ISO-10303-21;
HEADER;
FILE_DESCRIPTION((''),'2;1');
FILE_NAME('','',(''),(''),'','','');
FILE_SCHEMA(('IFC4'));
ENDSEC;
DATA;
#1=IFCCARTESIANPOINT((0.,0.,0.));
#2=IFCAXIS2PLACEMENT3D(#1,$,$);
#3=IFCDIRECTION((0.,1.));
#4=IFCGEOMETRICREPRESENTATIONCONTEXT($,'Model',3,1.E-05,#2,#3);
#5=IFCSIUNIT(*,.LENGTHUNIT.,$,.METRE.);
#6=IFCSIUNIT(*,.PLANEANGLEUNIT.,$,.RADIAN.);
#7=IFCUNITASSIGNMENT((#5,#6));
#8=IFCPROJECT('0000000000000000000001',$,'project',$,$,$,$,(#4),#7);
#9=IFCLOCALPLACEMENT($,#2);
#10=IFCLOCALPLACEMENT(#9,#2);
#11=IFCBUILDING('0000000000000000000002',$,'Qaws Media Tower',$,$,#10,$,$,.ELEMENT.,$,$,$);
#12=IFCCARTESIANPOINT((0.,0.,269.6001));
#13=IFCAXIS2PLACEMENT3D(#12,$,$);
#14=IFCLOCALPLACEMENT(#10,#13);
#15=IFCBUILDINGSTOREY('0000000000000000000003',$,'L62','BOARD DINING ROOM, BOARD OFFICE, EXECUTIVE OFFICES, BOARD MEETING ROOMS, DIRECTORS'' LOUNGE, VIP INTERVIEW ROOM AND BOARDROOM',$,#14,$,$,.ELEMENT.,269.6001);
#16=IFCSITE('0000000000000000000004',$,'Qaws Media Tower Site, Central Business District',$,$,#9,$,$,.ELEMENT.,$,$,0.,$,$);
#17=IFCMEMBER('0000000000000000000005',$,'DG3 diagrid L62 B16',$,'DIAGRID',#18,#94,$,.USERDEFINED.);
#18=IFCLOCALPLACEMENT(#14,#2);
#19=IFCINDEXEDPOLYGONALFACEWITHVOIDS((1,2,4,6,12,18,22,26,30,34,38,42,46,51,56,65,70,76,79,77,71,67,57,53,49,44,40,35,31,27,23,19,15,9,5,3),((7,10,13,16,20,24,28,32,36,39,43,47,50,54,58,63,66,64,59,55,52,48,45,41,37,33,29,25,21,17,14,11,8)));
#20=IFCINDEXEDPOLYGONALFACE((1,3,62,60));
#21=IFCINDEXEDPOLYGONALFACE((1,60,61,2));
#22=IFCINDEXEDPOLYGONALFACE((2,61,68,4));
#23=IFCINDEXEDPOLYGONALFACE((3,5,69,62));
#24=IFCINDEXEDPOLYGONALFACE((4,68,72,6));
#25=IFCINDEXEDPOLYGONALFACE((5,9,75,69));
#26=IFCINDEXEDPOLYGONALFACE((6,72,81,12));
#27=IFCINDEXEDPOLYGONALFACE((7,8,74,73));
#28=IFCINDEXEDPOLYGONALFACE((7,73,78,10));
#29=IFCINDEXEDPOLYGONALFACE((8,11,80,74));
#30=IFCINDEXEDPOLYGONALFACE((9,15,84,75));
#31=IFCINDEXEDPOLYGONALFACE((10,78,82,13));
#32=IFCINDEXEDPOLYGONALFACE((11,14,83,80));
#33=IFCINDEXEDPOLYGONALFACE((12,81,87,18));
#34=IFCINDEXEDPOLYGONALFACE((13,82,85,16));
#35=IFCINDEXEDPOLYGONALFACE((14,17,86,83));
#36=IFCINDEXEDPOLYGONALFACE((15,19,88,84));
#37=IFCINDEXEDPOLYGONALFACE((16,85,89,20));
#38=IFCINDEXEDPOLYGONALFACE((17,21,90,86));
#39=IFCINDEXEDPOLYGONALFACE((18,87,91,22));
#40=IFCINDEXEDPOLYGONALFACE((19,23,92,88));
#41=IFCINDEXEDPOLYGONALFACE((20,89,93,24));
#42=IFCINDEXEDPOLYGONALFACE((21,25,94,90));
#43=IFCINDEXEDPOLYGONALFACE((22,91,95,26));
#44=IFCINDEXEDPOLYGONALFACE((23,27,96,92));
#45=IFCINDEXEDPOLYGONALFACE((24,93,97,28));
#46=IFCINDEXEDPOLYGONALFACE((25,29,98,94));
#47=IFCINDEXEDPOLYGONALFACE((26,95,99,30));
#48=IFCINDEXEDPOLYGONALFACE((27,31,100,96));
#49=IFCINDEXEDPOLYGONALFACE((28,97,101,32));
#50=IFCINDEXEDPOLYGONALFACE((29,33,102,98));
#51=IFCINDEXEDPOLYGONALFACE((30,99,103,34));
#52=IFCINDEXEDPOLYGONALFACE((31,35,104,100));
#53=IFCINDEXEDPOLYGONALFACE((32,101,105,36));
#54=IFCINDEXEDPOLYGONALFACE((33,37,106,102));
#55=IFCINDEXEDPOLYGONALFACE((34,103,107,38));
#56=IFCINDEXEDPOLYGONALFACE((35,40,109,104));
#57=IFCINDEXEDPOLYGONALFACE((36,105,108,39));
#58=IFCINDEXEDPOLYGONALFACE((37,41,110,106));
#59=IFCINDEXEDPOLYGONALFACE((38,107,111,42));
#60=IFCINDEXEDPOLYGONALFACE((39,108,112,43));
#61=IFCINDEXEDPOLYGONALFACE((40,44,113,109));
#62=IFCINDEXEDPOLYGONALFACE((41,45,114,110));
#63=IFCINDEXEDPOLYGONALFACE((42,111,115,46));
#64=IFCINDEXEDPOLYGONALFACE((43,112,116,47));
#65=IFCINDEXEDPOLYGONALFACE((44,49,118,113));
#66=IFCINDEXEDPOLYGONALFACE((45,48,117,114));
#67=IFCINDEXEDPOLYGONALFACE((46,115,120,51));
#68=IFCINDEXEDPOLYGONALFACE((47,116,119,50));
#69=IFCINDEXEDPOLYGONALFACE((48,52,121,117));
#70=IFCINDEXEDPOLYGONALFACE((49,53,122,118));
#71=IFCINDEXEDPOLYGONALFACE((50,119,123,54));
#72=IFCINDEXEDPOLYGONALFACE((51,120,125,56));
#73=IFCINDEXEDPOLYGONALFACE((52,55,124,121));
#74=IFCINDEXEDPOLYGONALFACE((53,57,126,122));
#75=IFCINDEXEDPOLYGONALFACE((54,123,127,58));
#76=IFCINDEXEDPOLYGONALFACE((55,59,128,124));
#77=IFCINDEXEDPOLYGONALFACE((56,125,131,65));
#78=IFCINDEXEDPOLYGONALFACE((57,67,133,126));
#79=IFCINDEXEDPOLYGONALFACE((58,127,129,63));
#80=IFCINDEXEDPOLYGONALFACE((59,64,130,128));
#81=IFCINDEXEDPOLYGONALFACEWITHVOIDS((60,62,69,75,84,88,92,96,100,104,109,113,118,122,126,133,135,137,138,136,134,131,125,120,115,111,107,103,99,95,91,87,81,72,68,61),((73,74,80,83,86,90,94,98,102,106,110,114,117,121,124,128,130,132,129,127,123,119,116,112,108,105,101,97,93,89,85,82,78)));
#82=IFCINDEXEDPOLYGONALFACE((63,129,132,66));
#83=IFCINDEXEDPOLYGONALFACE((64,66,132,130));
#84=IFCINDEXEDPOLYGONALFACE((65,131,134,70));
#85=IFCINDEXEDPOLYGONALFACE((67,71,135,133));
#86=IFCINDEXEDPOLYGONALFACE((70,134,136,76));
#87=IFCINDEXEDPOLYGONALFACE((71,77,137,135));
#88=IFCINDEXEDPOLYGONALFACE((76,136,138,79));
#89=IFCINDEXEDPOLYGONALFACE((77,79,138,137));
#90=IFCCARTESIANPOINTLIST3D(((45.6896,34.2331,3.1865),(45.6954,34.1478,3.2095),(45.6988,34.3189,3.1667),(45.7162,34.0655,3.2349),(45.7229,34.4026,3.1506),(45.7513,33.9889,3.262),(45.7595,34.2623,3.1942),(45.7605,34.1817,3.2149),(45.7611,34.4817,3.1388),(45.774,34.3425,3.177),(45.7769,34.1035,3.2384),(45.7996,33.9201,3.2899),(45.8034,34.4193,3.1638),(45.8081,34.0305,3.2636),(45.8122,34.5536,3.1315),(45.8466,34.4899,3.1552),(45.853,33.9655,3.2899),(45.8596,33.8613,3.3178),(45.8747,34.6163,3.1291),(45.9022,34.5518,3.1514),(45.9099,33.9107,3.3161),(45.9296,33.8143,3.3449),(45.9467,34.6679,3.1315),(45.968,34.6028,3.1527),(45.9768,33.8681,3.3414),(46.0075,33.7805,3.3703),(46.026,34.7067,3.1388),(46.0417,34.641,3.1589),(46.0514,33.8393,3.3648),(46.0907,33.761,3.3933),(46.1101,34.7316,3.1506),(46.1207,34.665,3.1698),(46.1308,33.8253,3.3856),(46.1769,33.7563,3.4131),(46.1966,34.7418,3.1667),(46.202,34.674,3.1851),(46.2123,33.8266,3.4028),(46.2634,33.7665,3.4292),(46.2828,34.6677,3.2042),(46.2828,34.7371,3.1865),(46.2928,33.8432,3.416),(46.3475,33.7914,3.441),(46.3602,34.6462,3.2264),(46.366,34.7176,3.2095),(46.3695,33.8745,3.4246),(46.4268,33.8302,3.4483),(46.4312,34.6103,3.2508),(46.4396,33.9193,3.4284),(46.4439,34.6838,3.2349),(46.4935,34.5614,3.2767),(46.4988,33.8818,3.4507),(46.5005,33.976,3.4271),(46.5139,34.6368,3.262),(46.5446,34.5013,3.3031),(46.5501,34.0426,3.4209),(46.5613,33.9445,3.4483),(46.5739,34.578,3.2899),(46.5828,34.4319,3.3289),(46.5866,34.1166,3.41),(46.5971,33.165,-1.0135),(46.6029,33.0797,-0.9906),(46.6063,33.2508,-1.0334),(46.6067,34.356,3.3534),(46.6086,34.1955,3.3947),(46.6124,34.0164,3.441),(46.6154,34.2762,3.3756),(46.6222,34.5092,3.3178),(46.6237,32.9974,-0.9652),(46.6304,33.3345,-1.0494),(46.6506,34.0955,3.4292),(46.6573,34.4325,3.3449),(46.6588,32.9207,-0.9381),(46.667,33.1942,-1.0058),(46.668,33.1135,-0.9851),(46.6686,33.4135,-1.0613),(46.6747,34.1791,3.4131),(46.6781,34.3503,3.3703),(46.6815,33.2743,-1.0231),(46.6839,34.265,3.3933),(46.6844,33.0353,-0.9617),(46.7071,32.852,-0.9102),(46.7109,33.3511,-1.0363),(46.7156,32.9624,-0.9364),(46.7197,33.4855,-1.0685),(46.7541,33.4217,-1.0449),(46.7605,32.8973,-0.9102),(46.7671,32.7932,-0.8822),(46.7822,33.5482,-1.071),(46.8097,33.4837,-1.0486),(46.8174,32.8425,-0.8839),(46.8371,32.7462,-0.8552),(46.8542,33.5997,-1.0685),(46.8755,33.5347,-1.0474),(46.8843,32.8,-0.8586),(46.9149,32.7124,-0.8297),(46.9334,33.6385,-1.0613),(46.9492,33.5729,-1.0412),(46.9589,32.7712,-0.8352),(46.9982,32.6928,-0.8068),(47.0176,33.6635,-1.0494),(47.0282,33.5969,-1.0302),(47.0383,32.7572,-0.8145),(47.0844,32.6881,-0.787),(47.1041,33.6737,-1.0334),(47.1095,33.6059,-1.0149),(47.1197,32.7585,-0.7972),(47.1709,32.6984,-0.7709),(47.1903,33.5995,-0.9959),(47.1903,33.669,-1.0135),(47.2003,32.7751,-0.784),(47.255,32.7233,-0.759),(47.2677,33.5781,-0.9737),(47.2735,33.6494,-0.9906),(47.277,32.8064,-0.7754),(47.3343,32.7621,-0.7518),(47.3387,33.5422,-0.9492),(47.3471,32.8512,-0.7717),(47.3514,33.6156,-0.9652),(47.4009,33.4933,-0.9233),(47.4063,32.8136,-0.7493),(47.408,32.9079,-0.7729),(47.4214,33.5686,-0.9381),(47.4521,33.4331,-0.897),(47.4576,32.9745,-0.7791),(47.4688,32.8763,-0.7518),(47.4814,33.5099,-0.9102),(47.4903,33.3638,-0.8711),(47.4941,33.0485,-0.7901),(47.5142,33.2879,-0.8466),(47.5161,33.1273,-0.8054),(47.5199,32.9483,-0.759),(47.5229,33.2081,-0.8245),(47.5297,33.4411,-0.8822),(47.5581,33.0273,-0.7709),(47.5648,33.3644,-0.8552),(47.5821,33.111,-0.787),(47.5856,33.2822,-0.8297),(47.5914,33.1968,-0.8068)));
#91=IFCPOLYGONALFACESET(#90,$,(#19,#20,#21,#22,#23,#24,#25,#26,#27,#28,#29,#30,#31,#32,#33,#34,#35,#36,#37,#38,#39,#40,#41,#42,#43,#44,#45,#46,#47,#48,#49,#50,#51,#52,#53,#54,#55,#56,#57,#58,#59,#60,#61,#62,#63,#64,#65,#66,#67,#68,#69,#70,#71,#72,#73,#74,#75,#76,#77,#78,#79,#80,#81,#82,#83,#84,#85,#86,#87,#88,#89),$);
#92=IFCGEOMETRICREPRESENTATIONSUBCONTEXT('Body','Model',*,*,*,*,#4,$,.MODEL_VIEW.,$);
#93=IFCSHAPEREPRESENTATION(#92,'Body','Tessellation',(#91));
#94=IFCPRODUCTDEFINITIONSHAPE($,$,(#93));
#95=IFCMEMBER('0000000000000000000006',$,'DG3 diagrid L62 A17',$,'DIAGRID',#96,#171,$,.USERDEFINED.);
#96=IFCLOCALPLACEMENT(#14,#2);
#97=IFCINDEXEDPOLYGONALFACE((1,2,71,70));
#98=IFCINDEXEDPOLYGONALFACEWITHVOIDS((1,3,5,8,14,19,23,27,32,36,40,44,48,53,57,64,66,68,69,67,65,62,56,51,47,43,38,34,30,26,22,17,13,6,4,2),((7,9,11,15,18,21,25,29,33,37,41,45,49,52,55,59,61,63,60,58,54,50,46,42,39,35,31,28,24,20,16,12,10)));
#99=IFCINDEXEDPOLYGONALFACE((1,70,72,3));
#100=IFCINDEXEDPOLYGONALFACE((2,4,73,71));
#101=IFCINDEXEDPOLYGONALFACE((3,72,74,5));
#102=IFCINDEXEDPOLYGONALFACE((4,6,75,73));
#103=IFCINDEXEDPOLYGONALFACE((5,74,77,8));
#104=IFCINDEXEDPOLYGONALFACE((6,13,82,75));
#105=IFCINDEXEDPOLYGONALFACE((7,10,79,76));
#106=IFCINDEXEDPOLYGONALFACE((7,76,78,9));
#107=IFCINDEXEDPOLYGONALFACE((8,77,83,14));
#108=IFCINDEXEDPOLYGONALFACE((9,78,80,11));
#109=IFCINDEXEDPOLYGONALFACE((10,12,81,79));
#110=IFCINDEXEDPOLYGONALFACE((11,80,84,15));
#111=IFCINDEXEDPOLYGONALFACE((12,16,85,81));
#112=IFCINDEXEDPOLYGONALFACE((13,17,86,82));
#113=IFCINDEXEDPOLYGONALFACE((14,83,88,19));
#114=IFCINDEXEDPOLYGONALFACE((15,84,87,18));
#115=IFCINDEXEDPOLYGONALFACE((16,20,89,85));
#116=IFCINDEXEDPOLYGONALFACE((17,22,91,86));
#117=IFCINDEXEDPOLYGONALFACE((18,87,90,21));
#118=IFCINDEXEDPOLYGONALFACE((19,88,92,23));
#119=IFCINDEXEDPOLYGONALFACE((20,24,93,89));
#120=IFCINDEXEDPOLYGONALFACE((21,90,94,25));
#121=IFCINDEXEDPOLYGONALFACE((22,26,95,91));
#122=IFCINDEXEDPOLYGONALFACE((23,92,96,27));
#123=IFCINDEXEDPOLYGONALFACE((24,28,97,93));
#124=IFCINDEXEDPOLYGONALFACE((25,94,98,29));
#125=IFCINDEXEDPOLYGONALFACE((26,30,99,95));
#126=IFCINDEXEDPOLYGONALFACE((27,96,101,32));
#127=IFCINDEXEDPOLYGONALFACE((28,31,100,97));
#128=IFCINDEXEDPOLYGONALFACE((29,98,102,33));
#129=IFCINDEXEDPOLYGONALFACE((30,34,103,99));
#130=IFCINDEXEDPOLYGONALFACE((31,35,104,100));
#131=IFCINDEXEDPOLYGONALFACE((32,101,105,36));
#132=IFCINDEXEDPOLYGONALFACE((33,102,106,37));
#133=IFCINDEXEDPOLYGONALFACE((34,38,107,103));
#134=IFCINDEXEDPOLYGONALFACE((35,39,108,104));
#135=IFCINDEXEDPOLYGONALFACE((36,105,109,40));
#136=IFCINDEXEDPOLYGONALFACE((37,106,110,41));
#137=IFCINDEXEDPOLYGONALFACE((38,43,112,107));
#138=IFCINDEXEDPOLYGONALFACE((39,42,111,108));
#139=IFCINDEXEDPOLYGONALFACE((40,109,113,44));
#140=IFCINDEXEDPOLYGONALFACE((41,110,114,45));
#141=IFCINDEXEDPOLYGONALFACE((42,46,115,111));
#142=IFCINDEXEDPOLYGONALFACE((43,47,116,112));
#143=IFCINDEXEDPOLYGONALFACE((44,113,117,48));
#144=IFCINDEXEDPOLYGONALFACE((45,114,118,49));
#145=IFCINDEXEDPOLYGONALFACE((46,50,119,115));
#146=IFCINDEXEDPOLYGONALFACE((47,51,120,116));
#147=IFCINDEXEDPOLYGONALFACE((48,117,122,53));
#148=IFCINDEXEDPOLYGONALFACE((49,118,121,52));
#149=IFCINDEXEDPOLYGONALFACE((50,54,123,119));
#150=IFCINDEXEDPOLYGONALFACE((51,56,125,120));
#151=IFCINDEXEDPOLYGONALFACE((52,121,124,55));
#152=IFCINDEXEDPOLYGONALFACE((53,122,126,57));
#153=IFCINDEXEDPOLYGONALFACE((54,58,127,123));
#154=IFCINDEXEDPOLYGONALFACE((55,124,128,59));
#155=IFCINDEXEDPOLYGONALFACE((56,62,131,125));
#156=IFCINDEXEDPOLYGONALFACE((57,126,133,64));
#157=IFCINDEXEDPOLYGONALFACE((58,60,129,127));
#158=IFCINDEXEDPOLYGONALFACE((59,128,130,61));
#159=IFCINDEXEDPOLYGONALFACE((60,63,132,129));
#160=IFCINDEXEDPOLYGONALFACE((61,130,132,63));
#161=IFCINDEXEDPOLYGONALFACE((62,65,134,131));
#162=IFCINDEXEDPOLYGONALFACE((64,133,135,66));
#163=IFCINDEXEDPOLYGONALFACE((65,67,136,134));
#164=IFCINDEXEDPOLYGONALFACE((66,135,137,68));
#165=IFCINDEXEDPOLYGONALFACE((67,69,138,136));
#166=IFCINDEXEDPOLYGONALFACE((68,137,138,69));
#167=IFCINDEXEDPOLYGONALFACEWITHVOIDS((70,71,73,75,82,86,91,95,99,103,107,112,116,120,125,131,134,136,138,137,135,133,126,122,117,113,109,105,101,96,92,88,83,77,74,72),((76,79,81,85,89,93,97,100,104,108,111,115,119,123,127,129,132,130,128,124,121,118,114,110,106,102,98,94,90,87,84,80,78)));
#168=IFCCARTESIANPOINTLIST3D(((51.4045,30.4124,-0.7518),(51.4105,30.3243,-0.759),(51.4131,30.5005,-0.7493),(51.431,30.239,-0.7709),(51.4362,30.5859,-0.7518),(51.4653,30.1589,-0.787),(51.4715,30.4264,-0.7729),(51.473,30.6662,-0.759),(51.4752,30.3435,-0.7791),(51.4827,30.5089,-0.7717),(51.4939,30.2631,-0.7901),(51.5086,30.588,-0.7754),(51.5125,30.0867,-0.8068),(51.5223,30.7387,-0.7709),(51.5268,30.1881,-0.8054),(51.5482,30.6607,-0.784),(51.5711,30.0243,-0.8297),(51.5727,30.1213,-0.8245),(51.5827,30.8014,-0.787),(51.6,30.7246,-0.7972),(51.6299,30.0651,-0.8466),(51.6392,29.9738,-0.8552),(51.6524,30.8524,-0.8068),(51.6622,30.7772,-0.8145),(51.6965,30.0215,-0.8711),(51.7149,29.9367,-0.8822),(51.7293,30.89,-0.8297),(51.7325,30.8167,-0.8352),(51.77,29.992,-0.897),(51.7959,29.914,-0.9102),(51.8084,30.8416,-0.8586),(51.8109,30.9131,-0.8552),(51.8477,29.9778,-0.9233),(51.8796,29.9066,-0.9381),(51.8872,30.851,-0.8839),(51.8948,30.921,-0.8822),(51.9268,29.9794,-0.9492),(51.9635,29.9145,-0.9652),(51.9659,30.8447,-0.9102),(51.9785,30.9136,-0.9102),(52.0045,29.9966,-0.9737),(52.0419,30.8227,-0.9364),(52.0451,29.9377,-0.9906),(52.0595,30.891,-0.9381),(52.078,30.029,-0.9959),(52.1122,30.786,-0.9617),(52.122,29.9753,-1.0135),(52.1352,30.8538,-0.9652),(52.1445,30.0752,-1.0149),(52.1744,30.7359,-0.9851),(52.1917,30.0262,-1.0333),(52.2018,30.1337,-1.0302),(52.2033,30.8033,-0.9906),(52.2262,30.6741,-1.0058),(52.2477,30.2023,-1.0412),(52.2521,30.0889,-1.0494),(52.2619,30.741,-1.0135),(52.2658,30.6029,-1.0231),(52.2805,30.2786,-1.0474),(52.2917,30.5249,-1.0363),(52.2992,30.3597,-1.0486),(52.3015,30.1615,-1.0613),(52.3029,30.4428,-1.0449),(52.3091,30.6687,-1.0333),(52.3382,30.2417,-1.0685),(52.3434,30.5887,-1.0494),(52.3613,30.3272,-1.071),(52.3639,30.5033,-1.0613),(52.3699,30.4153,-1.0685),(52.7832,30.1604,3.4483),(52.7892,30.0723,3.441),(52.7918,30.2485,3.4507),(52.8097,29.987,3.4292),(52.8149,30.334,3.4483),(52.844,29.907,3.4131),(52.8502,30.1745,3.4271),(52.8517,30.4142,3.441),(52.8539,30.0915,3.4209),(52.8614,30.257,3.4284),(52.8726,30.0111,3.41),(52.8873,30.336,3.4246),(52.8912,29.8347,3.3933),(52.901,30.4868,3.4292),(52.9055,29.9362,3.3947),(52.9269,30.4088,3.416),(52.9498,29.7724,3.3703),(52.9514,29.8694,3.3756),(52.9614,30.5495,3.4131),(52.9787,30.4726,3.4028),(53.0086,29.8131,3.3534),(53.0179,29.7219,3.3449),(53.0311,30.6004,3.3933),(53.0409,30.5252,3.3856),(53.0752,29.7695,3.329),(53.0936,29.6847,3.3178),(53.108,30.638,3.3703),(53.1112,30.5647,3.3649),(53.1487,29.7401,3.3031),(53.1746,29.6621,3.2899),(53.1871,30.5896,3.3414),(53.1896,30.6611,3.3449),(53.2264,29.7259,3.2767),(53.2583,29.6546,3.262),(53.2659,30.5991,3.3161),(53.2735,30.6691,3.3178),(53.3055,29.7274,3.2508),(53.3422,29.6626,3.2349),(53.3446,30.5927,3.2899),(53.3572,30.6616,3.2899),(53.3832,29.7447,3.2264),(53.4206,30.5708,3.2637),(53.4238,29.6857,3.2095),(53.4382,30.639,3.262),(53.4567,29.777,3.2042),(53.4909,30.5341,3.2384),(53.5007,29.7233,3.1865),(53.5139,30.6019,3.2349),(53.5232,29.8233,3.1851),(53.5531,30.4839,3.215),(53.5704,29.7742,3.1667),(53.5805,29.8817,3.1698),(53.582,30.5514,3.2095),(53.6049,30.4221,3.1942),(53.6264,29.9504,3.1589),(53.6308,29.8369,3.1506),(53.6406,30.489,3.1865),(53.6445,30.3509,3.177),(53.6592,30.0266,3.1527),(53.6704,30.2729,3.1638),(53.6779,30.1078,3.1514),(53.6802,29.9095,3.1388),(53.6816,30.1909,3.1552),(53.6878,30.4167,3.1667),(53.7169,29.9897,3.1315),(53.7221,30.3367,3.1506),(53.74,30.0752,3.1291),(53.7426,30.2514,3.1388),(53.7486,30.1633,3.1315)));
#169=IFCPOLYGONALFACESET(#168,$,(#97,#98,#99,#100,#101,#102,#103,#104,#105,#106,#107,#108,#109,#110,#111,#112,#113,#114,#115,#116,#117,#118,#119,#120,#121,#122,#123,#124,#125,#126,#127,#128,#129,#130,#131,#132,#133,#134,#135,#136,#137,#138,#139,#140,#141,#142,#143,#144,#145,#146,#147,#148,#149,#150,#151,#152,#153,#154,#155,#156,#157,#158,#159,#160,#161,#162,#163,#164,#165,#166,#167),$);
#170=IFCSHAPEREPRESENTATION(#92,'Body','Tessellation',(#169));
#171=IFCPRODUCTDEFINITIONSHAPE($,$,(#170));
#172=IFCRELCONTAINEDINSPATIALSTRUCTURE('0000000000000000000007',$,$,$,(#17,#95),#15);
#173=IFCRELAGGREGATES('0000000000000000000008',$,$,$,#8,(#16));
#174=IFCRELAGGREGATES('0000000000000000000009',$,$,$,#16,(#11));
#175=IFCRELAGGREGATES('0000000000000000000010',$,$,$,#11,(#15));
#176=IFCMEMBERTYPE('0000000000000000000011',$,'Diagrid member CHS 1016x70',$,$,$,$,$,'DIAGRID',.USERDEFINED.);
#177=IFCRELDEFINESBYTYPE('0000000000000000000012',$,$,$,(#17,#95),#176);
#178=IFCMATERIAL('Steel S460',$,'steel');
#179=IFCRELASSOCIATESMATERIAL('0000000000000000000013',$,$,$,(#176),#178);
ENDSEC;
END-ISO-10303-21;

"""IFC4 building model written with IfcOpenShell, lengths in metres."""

from ifc_helpers import new_model, si_unit, direction, frame, origin, origin_2d, place, context, subcontext, project, spatial, hollow_circle, extrude, material, material_profile, profile_set, type_object, element, save


model = new_model("IFC4")

# Units and contexts
model_context = context("Model", 3, precision=1e-05, world=origin(), true_north=direction((0.0, 1.0)))
body_context = subcontext(model_context, "Body", "Model", "MODEL_VIEW")
ifc_project = project(units=[si_unit("LENGTHUNIT", "METRE"), si_unit("PLANEANGLEUNIT", "RADIAN")], contexts=[model_context])

# Site, building, storey
site_placement = place(None, origin())
site = spatial("IfcSite", under=ifc_project, at=site_placement, Name="Qaws Media Tower Site, Central Business District", CompositionType="ELEMENT", RefElevation=0.0)
building_placement = place(site_placement, origin())
building = spatial("IfcBuilding", under=site, at=building_placement, Name="Qaws Media Tower", CompositionType="ELEMENT")
storey_placement = place(building_placement, frame((0.0, 0.0, 269.6001)))
storey = spatial("IfcBuildingStorey", under=building, at=storey_placement, Name="L62", Description="BOARD DINING ROOM, BOARD OFFICE, EXECUTIVE OFFICES, BOARD MEETING ROOMS, DIRECTORS' LOUNGE, VIP INTERVIEW ROOM AND BOARDROOM", CompositionType="ELEMENT", Elevation=269.6001)

# Members
ifc_material_1 = material(Name="Steel S460", Category="steel")
ifc_material_profile_1 = material_profile(ifc_material_1, hollow_circle(Radius=0.5081, WallThickness=0.0701, at=origin_2d()), Name="CHS 1016x70")
ifc_profile_set_1 = profile_set([ifc_material_profile_1], Name="Steel S460")
member_type_1 = type_object("IfcMemberType", Name="Diagrid member CHS 1016x70", ElementType="DIAGRID", PredefinedType="USERDEFINED", material=ifc_profile_set_1)
for number, where, z_axis, x_axis, name in (
    (1, (47.0942, 33.1809, -0.9102), (-0.204956, 0.241238, 0.948576), (-0.76209, -0.647471, 0.0), "DG3 diagrid L62 B16"),
    (2, (51.8872, 30.4138, -0.9102), (0.311378, -0.056905, 0.948581), (0.179774, 0.983708, 0.0), "DG3 diagrid L62 A17"),
):
    element("IfcMember", number, at=place(storey_placement, frame(where, z_axis=z_axis, x_axis=x_axis)), inside=storey, type_object=member_type_1, Name=name, ObjectType="DIAGRID", PredefinedType="USERDEFINED", context=body_context, shape_type="SweptSolid", body=[
        extrude(hollow_circle(Radius=0.5081, WallThickness=0.0701, at=origin_2d()), origin(), (0.0, 0.0, 1.0), 4.4277),
    ])

save(model, "model.ifc")
